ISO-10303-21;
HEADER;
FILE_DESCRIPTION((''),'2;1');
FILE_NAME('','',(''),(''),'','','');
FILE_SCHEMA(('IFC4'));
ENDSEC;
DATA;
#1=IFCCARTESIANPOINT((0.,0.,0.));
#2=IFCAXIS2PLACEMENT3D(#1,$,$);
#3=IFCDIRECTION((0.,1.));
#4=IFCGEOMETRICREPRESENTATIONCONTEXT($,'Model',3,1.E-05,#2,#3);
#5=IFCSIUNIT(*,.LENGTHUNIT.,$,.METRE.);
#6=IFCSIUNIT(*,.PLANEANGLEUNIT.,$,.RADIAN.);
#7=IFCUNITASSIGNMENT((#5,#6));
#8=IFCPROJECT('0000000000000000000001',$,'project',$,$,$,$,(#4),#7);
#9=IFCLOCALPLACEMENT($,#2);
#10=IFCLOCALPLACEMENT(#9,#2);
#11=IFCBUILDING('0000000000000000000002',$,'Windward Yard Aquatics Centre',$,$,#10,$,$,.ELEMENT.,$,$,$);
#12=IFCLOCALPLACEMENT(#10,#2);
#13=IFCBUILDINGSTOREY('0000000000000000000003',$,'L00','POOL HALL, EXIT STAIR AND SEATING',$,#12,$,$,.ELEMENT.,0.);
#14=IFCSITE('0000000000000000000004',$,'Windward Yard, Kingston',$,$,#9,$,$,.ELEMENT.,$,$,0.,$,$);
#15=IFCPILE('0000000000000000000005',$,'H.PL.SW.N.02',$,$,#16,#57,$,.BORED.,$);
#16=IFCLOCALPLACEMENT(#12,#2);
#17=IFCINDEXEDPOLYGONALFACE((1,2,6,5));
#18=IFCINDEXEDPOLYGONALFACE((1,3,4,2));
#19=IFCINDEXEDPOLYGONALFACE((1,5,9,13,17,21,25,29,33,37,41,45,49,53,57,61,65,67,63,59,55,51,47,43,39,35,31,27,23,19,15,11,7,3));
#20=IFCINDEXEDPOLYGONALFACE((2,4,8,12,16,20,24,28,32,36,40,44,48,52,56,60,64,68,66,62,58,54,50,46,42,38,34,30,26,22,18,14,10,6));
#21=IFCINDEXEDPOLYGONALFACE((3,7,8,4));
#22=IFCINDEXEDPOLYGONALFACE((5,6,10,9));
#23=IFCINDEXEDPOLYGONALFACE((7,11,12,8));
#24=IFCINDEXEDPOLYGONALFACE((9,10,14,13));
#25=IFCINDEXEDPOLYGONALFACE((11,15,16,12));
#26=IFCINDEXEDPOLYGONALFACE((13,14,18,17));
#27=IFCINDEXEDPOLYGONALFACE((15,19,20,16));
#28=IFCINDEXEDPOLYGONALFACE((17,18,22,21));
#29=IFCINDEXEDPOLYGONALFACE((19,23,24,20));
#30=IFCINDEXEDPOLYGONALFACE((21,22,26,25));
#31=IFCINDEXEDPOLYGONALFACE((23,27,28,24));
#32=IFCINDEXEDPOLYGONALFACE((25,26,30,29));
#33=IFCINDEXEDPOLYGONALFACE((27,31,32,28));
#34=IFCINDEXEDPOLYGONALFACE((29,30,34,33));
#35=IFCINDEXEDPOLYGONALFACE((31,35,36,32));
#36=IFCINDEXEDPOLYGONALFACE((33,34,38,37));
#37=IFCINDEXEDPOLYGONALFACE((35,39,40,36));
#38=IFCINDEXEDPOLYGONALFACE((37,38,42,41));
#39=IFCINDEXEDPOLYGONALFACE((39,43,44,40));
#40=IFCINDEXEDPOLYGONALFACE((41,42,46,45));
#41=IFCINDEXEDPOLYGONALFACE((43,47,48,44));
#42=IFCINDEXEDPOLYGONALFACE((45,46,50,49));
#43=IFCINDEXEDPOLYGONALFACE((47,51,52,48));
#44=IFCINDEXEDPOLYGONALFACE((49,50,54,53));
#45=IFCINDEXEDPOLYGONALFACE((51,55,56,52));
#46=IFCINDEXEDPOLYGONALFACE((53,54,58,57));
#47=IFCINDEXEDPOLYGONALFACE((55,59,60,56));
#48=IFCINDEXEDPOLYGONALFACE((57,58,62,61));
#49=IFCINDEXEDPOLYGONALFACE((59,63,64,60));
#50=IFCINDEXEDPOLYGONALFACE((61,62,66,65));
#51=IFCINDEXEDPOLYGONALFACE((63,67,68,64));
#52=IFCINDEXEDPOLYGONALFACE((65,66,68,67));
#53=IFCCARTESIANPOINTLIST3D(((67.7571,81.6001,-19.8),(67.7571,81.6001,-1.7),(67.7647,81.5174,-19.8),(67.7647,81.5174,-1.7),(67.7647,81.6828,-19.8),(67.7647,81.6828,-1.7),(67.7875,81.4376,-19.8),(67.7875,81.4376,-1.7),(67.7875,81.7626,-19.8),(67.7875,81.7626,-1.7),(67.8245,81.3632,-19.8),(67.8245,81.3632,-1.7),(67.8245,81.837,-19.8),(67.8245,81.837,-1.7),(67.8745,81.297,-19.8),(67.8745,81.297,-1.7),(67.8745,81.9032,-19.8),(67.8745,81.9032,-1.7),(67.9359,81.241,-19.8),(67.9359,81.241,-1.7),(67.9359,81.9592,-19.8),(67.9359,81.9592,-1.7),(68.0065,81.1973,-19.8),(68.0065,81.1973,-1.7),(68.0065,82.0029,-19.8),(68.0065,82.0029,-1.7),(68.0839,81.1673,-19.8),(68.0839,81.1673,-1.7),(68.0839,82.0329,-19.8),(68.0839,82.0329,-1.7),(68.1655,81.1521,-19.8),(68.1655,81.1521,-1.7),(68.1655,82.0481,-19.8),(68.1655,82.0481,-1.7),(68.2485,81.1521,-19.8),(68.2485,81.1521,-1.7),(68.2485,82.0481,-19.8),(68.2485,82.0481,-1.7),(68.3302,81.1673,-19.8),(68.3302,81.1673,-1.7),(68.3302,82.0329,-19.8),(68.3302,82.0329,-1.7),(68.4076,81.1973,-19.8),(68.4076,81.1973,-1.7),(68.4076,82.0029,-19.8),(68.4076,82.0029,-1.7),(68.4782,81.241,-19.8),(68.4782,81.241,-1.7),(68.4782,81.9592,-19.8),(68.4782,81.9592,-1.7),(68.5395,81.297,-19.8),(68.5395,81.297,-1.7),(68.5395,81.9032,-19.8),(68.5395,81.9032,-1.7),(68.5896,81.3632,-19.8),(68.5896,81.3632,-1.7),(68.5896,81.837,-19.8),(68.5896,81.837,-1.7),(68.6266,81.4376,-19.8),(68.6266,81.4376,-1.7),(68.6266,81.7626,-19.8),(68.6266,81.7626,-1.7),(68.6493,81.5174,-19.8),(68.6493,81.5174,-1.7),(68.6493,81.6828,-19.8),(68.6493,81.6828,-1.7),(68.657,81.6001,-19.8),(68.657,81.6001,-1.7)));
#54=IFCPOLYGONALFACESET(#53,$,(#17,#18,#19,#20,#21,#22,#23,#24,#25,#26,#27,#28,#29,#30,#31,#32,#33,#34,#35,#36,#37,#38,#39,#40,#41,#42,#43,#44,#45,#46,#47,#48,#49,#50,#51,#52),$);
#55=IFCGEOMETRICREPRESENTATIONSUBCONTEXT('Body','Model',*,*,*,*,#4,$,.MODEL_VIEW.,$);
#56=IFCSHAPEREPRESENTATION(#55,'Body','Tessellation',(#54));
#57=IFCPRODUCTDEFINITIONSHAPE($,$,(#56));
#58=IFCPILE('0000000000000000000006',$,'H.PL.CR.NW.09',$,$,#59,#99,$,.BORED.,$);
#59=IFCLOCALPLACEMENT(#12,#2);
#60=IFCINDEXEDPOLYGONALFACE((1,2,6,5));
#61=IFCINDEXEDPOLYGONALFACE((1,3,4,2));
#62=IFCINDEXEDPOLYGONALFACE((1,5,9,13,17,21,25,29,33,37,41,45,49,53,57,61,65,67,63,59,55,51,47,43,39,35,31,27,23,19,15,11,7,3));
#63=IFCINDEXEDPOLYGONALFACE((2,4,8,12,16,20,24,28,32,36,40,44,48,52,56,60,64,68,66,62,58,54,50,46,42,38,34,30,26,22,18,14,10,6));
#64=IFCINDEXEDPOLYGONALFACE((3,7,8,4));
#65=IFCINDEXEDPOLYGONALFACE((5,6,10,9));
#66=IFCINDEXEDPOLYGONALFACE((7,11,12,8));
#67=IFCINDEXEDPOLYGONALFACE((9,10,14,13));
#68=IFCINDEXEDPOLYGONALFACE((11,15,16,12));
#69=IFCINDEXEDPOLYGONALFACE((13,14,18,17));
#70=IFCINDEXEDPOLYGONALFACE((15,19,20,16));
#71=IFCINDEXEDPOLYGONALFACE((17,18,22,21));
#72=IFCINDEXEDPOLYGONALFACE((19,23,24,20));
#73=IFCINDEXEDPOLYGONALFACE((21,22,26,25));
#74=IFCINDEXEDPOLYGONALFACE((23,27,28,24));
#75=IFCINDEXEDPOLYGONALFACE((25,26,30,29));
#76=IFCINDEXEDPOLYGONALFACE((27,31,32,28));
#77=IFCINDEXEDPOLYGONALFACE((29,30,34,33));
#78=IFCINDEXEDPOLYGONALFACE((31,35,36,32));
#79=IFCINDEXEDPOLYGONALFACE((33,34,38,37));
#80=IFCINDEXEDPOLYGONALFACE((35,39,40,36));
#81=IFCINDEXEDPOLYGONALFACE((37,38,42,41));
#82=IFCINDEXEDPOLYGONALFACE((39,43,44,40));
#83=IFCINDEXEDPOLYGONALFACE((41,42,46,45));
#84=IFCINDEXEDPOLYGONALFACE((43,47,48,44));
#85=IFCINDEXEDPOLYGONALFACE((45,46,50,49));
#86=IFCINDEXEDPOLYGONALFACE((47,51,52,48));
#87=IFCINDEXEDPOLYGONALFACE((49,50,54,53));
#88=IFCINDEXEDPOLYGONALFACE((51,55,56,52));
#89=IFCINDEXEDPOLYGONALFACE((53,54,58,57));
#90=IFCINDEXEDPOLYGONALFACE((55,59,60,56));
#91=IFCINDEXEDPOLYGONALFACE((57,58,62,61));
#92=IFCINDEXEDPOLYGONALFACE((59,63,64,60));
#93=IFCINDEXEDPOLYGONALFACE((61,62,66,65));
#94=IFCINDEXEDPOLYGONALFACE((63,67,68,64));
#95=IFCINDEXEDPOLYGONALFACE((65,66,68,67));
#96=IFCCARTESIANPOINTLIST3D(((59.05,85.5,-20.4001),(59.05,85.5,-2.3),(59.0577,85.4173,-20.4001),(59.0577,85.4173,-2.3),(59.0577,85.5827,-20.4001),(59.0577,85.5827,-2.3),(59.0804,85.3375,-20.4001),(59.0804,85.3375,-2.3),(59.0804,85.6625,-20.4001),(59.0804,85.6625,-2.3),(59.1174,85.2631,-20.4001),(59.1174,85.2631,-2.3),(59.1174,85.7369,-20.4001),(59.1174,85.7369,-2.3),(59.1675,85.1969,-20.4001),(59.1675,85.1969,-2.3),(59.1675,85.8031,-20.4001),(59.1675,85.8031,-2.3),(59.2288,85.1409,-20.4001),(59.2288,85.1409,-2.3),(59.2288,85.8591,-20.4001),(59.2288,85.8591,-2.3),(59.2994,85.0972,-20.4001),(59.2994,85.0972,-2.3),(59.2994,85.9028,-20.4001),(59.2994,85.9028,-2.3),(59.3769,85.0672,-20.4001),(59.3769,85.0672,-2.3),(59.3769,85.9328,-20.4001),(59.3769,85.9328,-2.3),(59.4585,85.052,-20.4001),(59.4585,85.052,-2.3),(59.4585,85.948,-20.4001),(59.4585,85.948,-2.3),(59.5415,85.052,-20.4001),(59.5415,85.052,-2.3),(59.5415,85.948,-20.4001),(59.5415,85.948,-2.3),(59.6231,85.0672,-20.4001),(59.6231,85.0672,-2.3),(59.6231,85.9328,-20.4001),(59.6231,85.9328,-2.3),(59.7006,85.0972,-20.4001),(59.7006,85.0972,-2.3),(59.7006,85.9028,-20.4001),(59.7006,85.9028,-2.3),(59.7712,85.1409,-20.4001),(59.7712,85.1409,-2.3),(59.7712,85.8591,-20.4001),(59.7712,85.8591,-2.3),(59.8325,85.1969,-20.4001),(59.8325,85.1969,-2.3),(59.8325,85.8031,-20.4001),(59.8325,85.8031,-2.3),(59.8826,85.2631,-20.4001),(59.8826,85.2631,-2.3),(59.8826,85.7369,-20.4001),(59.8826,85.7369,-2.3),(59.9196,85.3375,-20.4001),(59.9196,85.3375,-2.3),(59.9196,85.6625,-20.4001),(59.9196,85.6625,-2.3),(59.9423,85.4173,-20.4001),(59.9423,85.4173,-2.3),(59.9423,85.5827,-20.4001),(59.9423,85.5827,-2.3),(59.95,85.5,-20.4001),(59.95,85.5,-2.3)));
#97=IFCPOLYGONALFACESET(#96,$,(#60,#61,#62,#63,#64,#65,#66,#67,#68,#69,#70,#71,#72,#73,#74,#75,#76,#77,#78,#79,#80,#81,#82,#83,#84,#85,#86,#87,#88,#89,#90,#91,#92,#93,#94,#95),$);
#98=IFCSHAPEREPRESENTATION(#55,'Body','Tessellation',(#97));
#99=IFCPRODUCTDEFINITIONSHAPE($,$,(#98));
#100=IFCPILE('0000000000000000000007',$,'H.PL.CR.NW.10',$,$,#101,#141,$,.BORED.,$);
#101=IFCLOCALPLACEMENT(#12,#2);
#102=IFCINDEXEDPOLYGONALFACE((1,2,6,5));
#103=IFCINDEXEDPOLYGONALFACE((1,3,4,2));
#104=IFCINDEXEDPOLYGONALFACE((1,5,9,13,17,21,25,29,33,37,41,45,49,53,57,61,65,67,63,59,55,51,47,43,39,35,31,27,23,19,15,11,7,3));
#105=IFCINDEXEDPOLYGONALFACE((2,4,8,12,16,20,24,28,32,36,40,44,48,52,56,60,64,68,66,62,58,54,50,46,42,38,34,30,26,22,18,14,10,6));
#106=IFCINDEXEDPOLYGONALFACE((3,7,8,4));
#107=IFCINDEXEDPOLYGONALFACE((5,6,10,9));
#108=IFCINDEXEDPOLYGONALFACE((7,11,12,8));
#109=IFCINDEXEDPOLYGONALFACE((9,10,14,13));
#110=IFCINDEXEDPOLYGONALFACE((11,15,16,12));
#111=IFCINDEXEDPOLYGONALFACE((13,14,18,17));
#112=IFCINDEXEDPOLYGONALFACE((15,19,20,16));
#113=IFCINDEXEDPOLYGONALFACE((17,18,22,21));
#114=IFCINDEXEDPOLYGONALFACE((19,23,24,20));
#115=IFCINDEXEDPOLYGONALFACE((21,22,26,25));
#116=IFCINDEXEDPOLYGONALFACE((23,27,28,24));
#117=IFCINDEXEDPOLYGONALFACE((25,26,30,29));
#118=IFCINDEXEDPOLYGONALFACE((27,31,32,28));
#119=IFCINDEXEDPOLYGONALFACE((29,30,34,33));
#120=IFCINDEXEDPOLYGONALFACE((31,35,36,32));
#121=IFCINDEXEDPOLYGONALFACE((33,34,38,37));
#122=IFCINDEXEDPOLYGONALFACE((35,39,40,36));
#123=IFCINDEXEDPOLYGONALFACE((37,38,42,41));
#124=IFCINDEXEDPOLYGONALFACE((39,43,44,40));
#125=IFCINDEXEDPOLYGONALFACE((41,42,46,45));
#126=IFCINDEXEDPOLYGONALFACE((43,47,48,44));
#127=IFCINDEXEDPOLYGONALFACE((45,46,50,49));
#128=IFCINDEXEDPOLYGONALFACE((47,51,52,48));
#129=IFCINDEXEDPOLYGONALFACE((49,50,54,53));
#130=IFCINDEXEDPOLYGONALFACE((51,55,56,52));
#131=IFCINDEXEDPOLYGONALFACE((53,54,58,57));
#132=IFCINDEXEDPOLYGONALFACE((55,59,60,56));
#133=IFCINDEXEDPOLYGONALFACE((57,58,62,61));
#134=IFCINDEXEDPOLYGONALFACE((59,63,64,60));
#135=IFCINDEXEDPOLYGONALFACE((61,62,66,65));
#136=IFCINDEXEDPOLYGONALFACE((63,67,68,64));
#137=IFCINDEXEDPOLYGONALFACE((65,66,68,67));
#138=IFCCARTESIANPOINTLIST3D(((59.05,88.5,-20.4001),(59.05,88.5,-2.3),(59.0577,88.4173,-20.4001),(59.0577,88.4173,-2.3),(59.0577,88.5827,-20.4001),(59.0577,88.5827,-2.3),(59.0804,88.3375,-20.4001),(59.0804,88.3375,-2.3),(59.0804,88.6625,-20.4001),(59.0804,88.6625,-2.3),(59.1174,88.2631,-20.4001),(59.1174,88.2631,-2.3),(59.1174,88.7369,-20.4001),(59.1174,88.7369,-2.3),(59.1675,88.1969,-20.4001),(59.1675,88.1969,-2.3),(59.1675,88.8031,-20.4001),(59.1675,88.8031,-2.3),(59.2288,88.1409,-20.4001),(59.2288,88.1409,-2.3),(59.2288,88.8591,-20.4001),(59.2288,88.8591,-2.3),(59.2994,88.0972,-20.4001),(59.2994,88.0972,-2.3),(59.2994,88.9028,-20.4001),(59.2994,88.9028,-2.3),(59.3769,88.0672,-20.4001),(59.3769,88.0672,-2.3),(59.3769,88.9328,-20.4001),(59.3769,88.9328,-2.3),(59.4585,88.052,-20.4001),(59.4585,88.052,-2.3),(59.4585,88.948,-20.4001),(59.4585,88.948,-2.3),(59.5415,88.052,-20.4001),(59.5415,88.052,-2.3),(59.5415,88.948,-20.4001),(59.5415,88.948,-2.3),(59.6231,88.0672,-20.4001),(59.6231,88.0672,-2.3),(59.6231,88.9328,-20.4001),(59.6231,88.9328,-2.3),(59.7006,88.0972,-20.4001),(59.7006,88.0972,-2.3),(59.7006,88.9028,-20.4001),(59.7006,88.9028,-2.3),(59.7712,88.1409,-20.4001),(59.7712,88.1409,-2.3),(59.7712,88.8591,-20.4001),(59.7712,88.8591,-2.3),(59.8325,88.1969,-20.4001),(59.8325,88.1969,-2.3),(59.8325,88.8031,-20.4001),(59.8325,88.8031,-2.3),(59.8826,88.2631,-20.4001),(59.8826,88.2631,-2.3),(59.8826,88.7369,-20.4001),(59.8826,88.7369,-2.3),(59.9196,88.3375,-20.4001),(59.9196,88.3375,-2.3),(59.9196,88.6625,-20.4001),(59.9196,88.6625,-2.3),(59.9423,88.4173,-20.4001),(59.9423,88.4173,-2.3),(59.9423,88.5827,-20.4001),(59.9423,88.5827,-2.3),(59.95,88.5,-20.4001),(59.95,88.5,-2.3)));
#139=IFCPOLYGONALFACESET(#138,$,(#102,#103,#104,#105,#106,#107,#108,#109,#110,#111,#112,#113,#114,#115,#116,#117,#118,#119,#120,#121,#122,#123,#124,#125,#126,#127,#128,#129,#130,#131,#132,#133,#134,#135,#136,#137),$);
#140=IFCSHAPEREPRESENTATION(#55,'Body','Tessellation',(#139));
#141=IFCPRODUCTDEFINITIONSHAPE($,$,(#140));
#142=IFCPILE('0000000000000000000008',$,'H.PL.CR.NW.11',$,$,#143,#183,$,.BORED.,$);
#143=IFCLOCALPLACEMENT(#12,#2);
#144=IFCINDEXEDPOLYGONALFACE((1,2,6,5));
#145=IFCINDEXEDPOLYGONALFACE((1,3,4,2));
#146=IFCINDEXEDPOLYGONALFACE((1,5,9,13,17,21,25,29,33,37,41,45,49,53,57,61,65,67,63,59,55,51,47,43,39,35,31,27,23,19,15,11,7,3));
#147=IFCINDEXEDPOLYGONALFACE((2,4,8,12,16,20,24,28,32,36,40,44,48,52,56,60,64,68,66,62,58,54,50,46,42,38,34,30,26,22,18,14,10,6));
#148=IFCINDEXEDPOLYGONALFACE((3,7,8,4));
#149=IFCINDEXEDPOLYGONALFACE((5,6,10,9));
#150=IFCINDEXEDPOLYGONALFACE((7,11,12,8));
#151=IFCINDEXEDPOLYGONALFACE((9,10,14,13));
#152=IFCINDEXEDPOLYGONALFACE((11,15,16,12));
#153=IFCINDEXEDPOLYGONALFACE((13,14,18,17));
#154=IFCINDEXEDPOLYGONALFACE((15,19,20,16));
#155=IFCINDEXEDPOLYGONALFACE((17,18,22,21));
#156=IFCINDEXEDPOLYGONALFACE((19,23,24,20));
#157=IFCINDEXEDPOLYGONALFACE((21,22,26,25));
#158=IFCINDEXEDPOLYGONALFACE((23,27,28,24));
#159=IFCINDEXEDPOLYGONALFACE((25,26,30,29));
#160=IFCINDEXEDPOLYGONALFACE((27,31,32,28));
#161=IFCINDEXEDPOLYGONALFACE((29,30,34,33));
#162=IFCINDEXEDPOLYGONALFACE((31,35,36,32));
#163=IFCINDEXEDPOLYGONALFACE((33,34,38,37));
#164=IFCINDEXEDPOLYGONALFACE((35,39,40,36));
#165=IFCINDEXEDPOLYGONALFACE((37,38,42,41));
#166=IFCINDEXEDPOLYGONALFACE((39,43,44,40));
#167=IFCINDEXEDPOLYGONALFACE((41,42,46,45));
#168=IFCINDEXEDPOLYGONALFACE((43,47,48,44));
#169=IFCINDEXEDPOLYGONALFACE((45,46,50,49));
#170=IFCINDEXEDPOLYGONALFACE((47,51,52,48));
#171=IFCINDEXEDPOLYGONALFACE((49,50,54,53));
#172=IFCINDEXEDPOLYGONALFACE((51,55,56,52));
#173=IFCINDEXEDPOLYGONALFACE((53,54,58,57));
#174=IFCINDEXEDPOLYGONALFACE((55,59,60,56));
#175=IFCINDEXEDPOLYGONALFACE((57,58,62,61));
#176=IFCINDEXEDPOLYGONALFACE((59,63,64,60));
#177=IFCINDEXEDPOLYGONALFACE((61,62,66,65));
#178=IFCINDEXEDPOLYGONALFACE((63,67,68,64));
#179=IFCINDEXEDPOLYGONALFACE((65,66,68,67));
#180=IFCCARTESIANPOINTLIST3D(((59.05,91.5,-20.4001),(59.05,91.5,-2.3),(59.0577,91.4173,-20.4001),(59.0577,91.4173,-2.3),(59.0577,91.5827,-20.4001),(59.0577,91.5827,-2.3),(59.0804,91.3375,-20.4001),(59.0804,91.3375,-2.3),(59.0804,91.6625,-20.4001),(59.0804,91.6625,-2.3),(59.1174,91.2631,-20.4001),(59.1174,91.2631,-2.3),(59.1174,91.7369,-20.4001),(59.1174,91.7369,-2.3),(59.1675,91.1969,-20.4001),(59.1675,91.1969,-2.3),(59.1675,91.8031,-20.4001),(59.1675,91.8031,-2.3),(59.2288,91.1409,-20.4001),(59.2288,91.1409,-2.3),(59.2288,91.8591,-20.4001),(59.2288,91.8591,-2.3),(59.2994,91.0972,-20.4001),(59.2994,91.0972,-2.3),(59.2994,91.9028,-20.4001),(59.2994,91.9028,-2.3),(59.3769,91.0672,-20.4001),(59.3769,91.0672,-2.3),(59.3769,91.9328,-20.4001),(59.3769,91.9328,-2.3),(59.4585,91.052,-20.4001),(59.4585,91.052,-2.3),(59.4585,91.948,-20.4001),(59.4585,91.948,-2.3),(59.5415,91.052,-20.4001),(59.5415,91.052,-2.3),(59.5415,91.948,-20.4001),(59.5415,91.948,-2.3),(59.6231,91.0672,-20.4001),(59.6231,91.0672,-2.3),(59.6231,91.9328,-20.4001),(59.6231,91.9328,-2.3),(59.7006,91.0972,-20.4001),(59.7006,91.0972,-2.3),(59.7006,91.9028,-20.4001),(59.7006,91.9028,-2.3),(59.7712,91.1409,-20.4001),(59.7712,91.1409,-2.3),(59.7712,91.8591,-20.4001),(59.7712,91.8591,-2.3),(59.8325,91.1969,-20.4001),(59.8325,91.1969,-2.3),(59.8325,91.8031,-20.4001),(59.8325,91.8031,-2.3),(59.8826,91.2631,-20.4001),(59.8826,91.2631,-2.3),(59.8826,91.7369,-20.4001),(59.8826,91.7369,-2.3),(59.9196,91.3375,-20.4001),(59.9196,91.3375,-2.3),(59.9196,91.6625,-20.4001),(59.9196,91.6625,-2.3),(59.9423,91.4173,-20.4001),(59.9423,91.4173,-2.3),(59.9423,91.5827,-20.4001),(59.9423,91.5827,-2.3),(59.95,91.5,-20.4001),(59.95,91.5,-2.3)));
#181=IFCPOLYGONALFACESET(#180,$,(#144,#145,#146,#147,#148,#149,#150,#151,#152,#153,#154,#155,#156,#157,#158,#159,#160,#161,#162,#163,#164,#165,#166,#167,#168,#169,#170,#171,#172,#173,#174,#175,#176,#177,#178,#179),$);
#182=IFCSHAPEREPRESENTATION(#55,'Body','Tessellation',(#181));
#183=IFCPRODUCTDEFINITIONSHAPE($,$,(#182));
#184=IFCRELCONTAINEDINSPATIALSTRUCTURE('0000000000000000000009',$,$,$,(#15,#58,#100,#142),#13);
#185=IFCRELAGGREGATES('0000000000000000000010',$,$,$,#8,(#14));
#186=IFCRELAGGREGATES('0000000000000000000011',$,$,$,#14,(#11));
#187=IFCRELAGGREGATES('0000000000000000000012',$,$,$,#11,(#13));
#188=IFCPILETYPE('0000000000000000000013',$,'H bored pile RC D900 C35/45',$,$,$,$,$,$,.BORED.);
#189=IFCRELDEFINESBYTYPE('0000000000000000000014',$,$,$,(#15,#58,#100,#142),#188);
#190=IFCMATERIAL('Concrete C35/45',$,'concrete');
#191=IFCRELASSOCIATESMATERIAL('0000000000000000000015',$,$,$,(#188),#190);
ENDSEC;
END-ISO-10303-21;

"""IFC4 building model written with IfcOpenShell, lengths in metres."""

from ifc_helpers import new_model, si_unit, direction, frame, origin, origin_2d, place, context, subcontext, project, spatial, circle, extrude, material, material_profile, profile_set, type_object, element, save


model = new_model("IFC4")

# Units and contexts
model_context = context("Model", 3, precision=1e-05, world=origin(), true_north=direction((0.0, 1.0)))
body_context = subcontext(model_context, "Body", "Model", "MODEL_VIEW")
ifc_project = project(units=[si_unit("LENGTHUNIT", "METRE"), si_unit("PLANEANGLEUNIT", "RADIAN")], contexts=[model_context])

# Site, building, storey
site_placement = place(None, origin())
site = spatial("IfcSite", under=ifc_project, at=site_placement, Name="Windward Yard, Kingston", CompositionType="ELEMENT", RefElevation=0.0)
building_placement = place(site_placement, origin())
building = spatial("IfcBuilding", under=site, at=building_placement, Name="Windward Yard Aquatics Centre", CompositionType="ELEMENT")
storey_placement = place(building_placement, origin())
storey = spatial("IfcBuildingStorey", under=building, at=storey_placement, Name="L00", Description="POOL HALL, EXIT STAIR AND SEATING", CompositionType="ELEMENT", Elevation=0.0)

# Piles
ifc_material_1 = material(Name="Concrete C35/45", Category="concrete")
ifc_material_profile_1 = material_profile(ifc_material_1, circle(Radius=0.45, at=origin_2d()), Name="RC D900")
ifc_profile_set_1 = profile_set([ifc_material_profile_1], Name="Concrete C35/45")
pile_type = type_object("IfcPileType", Name="H bored pile RC D900 C35/45", PredefinedType="BORED", material=ifc_profile_set_1)
for number, where, z_axis, x_axis, name in (
    (1, (68.207, 81.6001, -1.7), (0.0, 0.0, -1.0), (1.0, 0.0, 0.0), "H.PL.SW.N.02"),
    (2, (59.5, 85.5, -2.3), (0.0, 0.0, -1.0), (1.0, 0.0, 0.0), "H.PL.CR.NW.09"),
    (3, (59.5, 88.5, -2.3), (0.0, 0.0, -1.0), (1.0, 0.0, 0.0), "H.PL.CR.NW.10"),
    (4, (59.5, 91.5, -2.3), (0.0, 0.0, -1.0), (1.0, 0.0, 0.0), "H.PL.CR.NW.11"),
):
    element("IfcPile", number, at=place(storey_placement, frame(where, z_axis=z_axis, x_axis=x_axis)), inside=storey, type_object=pile_type, Name=name, PredefinedType="BORED", context=body_context, shape_type="SweptSolid", body=[
        extrude(circle(Radius=0.45, at=origin_2d()), origin(), (0.0, 0.0, 1.0), 18.1001),
    ])

save(model, "model.ifc")
